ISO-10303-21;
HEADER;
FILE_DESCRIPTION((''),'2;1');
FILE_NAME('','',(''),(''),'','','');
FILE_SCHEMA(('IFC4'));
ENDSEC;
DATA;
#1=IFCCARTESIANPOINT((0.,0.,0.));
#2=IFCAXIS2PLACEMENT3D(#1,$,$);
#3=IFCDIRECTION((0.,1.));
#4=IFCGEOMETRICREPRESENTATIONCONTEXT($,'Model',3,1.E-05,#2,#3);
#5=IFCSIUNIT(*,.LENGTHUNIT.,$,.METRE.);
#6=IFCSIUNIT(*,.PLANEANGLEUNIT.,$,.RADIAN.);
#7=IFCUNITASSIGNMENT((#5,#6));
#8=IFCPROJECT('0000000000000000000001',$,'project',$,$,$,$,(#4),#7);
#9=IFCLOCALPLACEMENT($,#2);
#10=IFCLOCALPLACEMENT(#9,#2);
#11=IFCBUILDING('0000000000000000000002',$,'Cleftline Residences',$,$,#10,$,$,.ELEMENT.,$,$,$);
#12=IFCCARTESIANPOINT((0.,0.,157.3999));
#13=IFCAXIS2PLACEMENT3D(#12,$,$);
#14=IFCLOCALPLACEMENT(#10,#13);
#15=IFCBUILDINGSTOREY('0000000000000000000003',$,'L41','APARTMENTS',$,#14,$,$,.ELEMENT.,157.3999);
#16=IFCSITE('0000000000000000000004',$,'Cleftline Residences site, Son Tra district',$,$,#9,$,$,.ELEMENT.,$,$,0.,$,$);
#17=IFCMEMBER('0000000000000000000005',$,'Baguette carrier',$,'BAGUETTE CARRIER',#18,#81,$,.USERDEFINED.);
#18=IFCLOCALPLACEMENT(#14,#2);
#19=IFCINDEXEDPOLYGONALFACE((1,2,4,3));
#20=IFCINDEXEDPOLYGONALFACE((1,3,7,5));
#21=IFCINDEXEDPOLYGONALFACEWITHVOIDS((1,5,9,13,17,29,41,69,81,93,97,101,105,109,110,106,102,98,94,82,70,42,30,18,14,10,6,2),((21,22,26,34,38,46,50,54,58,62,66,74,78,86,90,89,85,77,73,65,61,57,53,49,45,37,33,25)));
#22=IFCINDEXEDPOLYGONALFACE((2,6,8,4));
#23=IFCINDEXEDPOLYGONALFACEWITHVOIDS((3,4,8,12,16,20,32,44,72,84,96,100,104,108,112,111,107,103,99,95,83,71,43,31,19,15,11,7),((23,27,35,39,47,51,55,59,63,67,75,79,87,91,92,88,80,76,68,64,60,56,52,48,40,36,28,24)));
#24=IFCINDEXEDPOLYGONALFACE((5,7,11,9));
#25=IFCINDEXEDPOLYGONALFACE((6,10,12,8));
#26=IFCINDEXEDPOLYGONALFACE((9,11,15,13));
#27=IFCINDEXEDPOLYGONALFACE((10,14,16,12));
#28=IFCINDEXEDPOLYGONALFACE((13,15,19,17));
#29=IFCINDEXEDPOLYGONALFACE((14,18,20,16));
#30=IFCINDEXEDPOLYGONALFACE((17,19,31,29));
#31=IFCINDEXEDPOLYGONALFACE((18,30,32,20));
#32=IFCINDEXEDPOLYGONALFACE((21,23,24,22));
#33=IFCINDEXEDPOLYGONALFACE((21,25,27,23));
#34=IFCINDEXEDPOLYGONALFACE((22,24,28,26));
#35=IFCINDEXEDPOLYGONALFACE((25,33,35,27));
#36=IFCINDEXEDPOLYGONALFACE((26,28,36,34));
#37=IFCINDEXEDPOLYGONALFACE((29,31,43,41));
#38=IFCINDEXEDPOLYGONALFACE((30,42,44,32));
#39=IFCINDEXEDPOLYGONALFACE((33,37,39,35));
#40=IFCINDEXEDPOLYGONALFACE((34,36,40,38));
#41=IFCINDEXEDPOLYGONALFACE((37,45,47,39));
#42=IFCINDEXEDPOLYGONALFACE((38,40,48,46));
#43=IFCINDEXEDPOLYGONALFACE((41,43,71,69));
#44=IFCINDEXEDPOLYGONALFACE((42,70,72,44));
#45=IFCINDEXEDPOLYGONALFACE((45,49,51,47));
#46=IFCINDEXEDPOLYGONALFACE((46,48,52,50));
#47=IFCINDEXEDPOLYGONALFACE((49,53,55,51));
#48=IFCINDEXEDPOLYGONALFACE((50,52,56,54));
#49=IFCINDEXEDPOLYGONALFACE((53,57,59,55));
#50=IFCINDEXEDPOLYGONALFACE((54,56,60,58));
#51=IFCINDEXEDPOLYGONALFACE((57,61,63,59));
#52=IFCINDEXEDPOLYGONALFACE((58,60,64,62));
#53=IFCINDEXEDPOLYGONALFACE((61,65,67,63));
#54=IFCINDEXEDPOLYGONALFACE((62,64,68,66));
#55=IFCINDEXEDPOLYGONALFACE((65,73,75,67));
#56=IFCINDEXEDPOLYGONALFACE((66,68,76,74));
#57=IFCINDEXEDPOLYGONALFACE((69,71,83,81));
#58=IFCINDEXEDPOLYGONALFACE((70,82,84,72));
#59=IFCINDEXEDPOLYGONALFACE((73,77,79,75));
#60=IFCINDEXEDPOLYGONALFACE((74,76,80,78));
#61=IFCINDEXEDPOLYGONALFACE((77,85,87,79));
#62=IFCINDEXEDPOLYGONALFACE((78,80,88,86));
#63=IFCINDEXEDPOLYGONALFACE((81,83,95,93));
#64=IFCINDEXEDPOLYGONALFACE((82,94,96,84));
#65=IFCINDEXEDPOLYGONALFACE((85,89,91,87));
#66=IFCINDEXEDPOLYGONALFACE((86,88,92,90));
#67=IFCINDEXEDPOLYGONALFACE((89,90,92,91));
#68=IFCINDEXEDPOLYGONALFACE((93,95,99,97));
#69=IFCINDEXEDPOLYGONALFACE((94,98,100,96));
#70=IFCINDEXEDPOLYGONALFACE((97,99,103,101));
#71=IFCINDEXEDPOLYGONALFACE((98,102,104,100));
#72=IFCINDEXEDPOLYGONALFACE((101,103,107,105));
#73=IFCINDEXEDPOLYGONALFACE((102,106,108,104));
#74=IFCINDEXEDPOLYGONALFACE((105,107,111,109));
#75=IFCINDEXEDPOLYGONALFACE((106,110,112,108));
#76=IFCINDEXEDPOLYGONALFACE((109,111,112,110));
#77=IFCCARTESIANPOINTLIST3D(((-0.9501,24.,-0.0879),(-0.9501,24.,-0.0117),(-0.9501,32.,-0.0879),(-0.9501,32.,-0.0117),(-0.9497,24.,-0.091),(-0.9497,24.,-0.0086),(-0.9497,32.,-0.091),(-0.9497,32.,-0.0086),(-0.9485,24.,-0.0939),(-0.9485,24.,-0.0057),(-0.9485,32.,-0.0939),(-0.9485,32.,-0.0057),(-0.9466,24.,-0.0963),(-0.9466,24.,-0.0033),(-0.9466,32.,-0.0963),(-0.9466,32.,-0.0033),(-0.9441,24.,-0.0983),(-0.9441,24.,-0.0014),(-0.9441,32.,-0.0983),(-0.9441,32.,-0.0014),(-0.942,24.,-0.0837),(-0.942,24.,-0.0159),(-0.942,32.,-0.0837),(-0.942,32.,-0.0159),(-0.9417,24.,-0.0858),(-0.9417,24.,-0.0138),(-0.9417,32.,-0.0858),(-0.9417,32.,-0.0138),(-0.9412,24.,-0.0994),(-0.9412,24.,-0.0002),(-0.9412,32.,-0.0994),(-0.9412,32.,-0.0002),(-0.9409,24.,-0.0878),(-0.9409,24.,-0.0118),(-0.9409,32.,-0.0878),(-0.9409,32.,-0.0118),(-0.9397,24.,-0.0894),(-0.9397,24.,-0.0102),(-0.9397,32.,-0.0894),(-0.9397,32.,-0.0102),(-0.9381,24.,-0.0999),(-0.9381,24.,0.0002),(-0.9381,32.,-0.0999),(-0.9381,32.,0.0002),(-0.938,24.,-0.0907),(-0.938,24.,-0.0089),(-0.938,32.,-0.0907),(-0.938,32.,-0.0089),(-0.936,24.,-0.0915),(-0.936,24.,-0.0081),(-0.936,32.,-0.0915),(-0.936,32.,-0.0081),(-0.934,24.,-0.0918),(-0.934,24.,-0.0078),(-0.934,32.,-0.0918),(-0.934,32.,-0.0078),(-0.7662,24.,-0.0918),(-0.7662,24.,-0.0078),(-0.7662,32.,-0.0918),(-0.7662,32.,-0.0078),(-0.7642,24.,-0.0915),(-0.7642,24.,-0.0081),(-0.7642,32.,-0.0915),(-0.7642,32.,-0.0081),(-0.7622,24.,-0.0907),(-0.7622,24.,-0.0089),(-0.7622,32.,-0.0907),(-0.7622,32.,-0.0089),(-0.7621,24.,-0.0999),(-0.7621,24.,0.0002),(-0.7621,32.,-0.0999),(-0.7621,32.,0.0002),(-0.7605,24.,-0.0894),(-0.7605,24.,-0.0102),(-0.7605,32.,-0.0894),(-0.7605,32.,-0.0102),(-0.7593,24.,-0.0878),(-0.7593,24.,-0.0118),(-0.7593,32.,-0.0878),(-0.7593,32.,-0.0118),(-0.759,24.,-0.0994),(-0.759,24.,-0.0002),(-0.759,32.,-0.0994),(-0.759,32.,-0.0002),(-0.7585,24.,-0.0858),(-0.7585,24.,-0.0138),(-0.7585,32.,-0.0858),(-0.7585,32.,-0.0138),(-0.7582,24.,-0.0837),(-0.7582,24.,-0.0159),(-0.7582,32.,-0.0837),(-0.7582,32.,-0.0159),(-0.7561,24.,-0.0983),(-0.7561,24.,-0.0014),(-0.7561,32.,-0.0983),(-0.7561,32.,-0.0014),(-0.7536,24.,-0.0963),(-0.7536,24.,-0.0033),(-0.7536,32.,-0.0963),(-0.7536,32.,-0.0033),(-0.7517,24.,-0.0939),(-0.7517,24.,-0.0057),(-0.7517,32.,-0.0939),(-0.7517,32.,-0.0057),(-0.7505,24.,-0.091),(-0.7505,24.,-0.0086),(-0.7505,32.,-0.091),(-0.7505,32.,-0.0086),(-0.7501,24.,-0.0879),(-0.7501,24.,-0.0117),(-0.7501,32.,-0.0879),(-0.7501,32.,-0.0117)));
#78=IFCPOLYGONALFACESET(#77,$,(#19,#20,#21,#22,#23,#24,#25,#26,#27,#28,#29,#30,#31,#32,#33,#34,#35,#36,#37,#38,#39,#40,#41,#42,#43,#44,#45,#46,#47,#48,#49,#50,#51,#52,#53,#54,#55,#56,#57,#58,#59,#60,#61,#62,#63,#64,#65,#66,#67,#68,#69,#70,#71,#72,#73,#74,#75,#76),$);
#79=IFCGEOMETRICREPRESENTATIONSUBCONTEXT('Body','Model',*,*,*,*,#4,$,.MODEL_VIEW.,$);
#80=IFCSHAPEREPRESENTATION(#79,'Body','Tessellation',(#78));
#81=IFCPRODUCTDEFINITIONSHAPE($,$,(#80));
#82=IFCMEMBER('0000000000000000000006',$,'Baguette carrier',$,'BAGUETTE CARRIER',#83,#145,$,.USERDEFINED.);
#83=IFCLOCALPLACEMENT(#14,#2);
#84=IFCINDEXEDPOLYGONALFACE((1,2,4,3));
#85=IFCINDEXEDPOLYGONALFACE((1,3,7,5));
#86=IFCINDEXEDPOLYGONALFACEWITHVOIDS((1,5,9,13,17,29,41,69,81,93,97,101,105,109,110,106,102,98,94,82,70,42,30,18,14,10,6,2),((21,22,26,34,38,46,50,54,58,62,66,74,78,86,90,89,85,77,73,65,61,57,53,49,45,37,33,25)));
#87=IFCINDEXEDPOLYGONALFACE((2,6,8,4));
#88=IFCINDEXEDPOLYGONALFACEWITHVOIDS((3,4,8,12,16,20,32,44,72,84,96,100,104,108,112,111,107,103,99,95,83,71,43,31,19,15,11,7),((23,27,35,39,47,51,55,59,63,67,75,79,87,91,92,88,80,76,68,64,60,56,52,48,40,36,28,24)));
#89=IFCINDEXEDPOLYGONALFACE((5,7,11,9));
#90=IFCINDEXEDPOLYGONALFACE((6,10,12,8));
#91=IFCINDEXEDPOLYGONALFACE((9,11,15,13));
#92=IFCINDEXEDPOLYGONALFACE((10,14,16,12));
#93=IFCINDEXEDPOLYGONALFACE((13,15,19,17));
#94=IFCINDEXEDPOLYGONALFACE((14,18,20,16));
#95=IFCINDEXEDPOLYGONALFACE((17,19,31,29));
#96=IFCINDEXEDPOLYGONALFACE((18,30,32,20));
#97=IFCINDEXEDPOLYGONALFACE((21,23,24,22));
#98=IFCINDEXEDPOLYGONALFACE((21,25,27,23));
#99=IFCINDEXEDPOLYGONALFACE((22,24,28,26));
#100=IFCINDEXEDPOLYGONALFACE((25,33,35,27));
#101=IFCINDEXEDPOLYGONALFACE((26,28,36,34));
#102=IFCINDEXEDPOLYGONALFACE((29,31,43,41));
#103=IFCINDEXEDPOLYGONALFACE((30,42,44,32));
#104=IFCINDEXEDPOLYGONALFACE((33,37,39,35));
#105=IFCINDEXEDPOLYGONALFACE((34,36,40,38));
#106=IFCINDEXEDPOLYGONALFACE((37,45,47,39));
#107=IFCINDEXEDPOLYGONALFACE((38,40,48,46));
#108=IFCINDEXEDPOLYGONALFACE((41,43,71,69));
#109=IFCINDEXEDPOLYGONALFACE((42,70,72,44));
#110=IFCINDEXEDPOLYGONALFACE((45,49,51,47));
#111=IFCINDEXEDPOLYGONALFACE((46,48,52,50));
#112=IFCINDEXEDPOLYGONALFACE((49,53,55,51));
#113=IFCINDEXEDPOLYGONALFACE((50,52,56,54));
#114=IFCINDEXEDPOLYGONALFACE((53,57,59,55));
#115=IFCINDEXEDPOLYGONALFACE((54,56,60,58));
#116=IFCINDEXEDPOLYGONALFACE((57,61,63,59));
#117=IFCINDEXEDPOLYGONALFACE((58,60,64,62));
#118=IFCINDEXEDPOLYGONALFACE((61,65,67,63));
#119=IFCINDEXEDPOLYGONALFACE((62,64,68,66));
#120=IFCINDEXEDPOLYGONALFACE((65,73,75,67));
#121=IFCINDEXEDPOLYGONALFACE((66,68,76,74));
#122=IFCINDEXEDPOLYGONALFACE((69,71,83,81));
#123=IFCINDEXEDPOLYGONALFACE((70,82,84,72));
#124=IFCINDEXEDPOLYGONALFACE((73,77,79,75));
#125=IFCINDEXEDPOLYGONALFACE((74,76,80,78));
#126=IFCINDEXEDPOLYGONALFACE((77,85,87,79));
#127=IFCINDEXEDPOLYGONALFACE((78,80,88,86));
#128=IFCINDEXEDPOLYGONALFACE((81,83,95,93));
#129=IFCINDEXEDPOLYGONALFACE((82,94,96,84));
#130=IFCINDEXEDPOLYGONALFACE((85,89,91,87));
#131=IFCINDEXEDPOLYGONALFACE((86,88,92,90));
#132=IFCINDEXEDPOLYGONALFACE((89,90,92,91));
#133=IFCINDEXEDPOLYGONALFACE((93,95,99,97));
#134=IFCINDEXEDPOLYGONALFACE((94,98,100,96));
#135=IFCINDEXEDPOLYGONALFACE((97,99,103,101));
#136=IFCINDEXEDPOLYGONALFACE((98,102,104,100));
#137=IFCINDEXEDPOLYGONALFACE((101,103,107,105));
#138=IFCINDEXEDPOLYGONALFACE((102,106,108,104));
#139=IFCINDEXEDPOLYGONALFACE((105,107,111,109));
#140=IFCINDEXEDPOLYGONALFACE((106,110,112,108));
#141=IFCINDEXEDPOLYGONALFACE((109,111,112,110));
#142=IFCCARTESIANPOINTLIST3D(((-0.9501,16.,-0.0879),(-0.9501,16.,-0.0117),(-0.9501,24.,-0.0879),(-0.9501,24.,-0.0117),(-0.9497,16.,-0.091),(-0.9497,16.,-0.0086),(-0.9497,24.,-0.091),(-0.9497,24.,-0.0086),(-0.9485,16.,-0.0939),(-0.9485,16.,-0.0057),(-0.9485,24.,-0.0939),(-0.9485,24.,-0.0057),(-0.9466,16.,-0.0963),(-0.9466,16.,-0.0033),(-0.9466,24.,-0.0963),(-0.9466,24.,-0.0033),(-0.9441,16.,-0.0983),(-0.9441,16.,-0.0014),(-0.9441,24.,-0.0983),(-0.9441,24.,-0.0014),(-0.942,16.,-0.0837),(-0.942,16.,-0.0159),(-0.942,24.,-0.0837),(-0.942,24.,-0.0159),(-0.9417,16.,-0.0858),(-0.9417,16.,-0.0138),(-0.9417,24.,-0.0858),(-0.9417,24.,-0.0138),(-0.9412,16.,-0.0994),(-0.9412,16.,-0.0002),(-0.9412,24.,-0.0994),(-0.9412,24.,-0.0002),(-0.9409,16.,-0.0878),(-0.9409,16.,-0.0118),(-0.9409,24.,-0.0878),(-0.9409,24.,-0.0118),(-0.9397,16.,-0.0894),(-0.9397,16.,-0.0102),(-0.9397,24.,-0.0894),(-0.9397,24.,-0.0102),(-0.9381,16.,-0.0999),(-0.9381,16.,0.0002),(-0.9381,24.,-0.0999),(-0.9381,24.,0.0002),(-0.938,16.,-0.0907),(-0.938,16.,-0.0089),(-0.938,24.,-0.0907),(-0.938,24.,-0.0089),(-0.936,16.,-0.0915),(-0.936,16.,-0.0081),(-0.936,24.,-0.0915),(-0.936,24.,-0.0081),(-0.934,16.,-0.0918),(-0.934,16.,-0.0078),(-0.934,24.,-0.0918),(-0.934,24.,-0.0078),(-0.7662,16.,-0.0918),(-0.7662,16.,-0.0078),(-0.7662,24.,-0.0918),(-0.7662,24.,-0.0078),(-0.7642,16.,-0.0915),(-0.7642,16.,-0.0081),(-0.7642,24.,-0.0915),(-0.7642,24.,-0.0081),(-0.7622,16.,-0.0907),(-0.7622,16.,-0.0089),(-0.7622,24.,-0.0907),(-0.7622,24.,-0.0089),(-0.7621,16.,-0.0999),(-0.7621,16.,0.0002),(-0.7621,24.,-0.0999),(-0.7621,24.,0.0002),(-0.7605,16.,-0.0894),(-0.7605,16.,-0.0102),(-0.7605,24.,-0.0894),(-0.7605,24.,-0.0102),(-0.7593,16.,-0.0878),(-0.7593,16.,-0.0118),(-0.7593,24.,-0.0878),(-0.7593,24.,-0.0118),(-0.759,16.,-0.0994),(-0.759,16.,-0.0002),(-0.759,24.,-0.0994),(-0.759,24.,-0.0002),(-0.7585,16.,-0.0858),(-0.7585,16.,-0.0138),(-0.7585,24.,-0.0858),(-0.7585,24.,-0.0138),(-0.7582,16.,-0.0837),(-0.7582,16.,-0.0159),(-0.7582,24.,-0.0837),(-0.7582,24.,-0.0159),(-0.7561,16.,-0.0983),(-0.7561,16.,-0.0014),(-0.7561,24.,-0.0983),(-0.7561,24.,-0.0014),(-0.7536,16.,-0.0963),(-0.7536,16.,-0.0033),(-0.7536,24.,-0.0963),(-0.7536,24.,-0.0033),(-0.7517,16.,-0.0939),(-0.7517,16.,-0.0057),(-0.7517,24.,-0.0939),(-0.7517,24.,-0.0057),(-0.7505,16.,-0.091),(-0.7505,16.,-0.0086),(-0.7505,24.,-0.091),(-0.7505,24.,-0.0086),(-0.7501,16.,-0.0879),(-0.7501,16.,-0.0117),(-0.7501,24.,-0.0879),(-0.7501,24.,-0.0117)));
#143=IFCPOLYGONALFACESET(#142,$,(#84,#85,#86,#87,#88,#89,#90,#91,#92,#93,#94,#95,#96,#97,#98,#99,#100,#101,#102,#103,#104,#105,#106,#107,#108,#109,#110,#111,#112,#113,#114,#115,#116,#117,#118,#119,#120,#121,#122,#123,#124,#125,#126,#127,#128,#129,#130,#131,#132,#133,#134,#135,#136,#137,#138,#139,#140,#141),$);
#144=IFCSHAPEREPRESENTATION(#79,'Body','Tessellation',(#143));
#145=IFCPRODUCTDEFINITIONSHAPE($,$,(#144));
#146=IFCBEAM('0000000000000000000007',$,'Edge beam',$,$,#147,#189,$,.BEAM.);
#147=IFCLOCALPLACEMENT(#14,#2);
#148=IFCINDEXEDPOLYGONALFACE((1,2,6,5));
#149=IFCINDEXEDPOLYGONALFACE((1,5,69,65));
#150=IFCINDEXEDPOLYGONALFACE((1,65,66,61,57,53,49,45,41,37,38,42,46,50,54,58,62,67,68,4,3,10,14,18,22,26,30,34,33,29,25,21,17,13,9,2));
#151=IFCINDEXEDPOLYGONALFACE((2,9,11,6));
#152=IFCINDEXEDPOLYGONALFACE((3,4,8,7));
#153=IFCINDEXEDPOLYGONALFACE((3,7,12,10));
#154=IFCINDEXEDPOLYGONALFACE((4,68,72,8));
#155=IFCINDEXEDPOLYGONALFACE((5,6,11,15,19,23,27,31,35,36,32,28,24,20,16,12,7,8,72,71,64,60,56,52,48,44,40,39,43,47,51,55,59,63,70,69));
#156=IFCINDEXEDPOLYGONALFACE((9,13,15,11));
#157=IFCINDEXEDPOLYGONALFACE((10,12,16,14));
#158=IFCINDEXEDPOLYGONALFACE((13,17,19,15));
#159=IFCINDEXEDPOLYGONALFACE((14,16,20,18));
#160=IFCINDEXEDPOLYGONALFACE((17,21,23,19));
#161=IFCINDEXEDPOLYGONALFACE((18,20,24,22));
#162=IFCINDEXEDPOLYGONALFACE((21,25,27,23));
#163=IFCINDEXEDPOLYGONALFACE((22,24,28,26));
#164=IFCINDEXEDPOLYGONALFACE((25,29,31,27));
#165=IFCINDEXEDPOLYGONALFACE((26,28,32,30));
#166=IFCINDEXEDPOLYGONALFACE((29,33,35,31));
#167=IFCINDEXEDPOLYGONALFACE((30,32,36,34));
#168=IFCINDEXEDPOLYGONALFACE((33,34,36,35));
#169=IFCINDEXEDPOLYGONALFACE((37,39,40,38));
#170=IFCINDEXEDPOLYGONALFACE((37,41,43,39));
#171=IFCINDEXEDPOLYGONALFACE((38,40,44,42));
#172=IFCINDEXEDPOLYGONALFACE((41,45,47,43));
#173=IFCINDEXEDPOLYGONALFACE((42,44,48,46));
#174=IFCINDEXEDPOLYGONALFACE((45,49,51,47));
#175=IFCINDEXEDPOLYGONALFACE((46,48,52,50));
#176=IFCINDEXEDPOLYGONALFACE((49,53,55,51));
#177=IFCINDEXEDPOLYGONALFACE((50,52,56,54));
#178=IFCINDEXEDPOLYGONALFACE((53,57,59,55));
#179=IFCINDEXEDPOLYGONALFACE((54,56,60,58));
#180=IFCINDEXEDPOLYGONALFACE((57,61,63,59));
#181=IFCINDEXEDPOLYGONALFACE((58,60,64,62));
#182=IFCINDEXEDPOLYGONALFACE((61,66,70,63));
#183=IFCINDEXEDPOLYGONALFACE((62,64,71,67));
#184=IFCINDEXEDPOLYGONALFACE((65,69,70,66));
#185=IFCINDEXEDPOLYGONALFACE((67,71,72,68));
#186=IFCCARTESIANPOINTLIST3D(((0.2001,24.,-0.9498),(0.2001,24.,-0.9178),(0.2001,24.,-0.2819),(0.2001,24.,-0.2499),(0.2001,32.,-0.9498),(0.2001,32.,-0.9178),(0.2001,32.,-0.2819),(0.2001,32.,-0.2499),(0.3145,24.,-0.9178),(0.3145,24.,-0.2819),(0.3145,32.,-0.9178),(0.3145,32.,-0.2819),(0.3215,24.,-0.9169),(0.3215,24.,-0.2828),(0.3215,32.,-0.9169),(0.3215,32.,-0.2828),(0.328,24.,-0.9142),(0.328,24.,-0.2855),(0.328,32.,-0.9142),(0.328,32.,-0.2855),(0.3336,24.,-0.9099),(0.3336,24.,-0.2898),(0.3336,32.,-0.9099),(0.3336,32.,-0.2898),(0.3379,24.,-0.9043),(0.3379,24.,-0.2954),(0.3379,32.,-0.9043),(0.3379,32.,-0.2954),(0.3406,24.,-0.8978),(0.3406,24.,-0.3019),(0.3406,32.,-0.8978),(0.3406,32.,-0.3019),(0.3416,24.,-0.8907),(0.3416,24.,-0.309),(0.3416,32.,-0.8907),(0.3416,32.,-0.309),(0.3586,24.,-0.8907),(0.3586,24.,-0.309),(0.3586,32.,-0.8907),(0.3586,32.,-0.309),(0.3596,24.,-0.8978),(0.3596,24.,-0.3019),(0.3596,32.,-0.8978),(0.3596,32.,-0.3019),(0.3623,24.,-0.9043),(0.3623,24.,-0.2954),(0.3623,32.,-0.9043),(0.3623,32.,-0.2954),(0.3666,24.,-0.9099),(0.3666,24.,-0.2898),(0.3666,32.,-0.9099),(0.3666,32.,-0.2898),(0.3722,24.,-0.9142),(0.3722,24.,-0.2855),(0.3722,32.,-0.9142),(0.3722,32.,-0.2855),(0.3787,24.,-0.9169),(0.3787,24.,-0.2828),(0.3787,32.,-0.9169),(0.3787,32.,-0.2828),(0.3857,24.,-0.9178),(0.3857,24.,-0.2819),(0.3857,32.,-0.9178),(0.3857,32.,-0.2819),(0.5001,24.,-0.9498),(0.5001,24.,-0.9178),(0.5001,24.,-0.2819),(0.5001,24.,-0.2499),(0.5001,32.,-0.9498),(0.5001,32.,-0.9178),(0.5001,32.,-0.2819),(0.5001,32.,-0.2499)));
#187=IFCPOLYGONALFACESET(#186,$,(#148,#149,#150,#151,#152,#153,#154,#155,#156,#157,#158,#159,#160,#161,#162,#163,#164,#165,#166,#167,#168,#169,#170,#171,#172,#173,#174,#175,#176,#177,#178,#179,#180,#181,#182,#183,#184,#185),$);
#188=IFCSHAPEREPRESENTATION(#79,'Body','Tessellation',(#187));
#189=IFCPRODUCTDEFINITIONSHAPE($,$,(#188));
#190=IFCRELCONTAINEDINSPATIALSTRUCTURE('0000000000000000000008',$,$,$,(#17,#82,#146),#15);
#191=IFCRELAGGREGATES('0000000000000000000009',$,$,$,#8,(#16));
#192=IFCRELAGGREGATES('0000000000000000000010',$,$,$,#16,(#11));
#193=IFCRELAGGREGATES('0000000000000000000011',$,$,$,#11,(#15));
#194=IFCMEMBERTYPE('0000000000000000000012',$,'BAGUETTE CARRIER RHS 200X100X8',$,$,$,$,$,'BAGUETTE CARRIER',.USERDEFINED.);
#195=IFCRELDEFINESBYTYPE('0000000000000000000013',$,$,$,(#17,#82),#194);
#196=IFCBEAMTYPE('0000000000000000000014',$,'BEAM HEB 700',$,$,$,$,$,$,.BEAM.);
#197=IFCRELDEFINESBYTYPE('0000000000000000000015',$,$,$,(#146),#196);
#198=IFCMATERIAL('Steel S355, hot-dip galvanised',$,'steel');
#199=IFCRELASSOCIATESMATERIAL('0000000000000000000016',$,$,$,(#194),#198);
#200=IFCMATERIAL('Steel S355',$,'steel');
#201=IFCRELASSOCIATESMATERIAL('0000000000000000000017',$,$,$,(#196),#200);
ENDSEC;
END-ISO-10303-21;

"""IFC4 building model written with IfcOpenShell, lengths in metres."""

from ifc_helpers import new_model, si_unit, direction, frame, origin, origin_2d, place, context, subcontext, project, spatial, hollow_rectangle, i_section, extrude, material, material_profile, profile_set, type_object, element, save


model = new_model("IFC4")

# Units and contexts
model_context = context("Model", 3, precision=1e-05, world=origin(), true_north=direction((0.0, 1.0)))
body_context = subcontext(model_context, "Body", "Model", "MODEL_VIEW")
ifc_project = project(units=[si_unit("LENGTHUNIT", "METRE"), si_unit("PLANEANGLEUNIT", "RADIAN")], contexts=[model_context])

# Site, building, storey
site_placement = place(None, origin())
site = spatial("IfcSite", under=ifc_project, at=site_placement, Name="Cleftline Residences site, Son Tra district", CompositionType="ELEMENT", RefElevation=0.0)
building_placement = place(site_placement, origin())
building = spatial("IfcBuilding", under=site, at=building_placement, Name="Cleftline Residences", CompositionType="ELEMENT")
storey_placement = place(building_placement, frame((0.0, 0.0, 157.3999)))
storey = spatial("IfcBuildingStorey", under=building, at=storey_placement, Name="L41", Description="APARTMENTS", CompositionType="ELEMENT", Elevation=157.3999)

# Members
ifc_material_1 = material(Name="Steel S355, hot-dip galvanised", Category="steel")
ifc_material_profile_1 = material_profile(ifc_material_1, hollow_rectangle(XDim=0.1001, YDim=0.2, WallThickness=0.0081, InnerFilletRadius=0.0081, OuterFilletRadius=0.012, at=origin_2d()))
ifc_profile_set_1 = profile_set([ifc_material_profile_1], Name="Steel S355, hot-dip galvanised")
member_type_1 = type_object("IfcMemberType", Name="BAGUETTE CARRIER RHS 200X100X8", ElementType="BAGUETTE CARRIER", PredefinedType="USERDEFINED", material=ifc_profile_set_1)
for number, where, z_axis, x_axis, name in (
    (1, (-0.8501, 32.0, -0.0498), (0.0, -1.0, 0.0), (0.0, 0.0, 1.0), "Baguette carrier"),
    (2, (-0.8501, 24.0, -0.0498), (0.0, -1.0, 0.0), (0.0, 0.0, 1.0), "Baguette carrier"),
):
    element("IfcMember", number, at=place(storey_placement, frame(where, z_axis=z_axis, x_axis=x_axis)), inside=storey, type_object=member_type_1, Name=name, ObjectType="BAGUETTE CARRIER", PredefinedType="USERDEFINED", context=body_context, shape_type="SweptSolid", body=[
        extrude(hollow_rectangle(XDim=0.1001, YDim=0.2, WallThickness=0.0081, InnerFilletRadius=0.0081, OuterFilletRadius=0.012, at=origin_2d()), origin(), (0.0, 0.0, 1.0), 8.0),
    ])

# Beam
ifc_material_2 = material(Name="Steel S355", Category="steel")
ifc_material_profile_2 = material_profile(ifc_material_2, i_section(OverallWidth=0.3, OverallDepth=0.7, WebThickness=0.0171, FlangeThickness=0.032, FilletRadius=0.0271, at=origin_2d()))
ifc_profile_set_2 = profile_set([ifc_material_profile_2], Name="Steel S355")
beam_type = type_object("IfcBeamType", Name="BEAM HEB 700", PredefinedType="BEAM", material=ifc_profile_set_2)
for number, where, z_axis, x_axis, name in (
    (3, (0.3501, 24.0, -0.5999), (0.0, 1.0, 0.0), (-1.0, 0.0, 0.0), "Edge beam"),
):
    element("IfcBeam", number, at=place(storey_placement, frame(where, z_axis=z_axis, x_axis=x_axis)), inside=storey, type_object=beam_type, Name=name, PredefinedType="BEAM", context=body_context, shape_type="SweptSolid", body=[
        extrude(i_section(OverallWidth=0.3, OverallDepth=0.7, WebThickness=0.0171, FlangeThickness=0.032, FilletRadius=0.0271, at=origin_2d()), origin(), (0.0, 0.0, 1.0), 8.0),
    ])

save(model, "model.ifc")
